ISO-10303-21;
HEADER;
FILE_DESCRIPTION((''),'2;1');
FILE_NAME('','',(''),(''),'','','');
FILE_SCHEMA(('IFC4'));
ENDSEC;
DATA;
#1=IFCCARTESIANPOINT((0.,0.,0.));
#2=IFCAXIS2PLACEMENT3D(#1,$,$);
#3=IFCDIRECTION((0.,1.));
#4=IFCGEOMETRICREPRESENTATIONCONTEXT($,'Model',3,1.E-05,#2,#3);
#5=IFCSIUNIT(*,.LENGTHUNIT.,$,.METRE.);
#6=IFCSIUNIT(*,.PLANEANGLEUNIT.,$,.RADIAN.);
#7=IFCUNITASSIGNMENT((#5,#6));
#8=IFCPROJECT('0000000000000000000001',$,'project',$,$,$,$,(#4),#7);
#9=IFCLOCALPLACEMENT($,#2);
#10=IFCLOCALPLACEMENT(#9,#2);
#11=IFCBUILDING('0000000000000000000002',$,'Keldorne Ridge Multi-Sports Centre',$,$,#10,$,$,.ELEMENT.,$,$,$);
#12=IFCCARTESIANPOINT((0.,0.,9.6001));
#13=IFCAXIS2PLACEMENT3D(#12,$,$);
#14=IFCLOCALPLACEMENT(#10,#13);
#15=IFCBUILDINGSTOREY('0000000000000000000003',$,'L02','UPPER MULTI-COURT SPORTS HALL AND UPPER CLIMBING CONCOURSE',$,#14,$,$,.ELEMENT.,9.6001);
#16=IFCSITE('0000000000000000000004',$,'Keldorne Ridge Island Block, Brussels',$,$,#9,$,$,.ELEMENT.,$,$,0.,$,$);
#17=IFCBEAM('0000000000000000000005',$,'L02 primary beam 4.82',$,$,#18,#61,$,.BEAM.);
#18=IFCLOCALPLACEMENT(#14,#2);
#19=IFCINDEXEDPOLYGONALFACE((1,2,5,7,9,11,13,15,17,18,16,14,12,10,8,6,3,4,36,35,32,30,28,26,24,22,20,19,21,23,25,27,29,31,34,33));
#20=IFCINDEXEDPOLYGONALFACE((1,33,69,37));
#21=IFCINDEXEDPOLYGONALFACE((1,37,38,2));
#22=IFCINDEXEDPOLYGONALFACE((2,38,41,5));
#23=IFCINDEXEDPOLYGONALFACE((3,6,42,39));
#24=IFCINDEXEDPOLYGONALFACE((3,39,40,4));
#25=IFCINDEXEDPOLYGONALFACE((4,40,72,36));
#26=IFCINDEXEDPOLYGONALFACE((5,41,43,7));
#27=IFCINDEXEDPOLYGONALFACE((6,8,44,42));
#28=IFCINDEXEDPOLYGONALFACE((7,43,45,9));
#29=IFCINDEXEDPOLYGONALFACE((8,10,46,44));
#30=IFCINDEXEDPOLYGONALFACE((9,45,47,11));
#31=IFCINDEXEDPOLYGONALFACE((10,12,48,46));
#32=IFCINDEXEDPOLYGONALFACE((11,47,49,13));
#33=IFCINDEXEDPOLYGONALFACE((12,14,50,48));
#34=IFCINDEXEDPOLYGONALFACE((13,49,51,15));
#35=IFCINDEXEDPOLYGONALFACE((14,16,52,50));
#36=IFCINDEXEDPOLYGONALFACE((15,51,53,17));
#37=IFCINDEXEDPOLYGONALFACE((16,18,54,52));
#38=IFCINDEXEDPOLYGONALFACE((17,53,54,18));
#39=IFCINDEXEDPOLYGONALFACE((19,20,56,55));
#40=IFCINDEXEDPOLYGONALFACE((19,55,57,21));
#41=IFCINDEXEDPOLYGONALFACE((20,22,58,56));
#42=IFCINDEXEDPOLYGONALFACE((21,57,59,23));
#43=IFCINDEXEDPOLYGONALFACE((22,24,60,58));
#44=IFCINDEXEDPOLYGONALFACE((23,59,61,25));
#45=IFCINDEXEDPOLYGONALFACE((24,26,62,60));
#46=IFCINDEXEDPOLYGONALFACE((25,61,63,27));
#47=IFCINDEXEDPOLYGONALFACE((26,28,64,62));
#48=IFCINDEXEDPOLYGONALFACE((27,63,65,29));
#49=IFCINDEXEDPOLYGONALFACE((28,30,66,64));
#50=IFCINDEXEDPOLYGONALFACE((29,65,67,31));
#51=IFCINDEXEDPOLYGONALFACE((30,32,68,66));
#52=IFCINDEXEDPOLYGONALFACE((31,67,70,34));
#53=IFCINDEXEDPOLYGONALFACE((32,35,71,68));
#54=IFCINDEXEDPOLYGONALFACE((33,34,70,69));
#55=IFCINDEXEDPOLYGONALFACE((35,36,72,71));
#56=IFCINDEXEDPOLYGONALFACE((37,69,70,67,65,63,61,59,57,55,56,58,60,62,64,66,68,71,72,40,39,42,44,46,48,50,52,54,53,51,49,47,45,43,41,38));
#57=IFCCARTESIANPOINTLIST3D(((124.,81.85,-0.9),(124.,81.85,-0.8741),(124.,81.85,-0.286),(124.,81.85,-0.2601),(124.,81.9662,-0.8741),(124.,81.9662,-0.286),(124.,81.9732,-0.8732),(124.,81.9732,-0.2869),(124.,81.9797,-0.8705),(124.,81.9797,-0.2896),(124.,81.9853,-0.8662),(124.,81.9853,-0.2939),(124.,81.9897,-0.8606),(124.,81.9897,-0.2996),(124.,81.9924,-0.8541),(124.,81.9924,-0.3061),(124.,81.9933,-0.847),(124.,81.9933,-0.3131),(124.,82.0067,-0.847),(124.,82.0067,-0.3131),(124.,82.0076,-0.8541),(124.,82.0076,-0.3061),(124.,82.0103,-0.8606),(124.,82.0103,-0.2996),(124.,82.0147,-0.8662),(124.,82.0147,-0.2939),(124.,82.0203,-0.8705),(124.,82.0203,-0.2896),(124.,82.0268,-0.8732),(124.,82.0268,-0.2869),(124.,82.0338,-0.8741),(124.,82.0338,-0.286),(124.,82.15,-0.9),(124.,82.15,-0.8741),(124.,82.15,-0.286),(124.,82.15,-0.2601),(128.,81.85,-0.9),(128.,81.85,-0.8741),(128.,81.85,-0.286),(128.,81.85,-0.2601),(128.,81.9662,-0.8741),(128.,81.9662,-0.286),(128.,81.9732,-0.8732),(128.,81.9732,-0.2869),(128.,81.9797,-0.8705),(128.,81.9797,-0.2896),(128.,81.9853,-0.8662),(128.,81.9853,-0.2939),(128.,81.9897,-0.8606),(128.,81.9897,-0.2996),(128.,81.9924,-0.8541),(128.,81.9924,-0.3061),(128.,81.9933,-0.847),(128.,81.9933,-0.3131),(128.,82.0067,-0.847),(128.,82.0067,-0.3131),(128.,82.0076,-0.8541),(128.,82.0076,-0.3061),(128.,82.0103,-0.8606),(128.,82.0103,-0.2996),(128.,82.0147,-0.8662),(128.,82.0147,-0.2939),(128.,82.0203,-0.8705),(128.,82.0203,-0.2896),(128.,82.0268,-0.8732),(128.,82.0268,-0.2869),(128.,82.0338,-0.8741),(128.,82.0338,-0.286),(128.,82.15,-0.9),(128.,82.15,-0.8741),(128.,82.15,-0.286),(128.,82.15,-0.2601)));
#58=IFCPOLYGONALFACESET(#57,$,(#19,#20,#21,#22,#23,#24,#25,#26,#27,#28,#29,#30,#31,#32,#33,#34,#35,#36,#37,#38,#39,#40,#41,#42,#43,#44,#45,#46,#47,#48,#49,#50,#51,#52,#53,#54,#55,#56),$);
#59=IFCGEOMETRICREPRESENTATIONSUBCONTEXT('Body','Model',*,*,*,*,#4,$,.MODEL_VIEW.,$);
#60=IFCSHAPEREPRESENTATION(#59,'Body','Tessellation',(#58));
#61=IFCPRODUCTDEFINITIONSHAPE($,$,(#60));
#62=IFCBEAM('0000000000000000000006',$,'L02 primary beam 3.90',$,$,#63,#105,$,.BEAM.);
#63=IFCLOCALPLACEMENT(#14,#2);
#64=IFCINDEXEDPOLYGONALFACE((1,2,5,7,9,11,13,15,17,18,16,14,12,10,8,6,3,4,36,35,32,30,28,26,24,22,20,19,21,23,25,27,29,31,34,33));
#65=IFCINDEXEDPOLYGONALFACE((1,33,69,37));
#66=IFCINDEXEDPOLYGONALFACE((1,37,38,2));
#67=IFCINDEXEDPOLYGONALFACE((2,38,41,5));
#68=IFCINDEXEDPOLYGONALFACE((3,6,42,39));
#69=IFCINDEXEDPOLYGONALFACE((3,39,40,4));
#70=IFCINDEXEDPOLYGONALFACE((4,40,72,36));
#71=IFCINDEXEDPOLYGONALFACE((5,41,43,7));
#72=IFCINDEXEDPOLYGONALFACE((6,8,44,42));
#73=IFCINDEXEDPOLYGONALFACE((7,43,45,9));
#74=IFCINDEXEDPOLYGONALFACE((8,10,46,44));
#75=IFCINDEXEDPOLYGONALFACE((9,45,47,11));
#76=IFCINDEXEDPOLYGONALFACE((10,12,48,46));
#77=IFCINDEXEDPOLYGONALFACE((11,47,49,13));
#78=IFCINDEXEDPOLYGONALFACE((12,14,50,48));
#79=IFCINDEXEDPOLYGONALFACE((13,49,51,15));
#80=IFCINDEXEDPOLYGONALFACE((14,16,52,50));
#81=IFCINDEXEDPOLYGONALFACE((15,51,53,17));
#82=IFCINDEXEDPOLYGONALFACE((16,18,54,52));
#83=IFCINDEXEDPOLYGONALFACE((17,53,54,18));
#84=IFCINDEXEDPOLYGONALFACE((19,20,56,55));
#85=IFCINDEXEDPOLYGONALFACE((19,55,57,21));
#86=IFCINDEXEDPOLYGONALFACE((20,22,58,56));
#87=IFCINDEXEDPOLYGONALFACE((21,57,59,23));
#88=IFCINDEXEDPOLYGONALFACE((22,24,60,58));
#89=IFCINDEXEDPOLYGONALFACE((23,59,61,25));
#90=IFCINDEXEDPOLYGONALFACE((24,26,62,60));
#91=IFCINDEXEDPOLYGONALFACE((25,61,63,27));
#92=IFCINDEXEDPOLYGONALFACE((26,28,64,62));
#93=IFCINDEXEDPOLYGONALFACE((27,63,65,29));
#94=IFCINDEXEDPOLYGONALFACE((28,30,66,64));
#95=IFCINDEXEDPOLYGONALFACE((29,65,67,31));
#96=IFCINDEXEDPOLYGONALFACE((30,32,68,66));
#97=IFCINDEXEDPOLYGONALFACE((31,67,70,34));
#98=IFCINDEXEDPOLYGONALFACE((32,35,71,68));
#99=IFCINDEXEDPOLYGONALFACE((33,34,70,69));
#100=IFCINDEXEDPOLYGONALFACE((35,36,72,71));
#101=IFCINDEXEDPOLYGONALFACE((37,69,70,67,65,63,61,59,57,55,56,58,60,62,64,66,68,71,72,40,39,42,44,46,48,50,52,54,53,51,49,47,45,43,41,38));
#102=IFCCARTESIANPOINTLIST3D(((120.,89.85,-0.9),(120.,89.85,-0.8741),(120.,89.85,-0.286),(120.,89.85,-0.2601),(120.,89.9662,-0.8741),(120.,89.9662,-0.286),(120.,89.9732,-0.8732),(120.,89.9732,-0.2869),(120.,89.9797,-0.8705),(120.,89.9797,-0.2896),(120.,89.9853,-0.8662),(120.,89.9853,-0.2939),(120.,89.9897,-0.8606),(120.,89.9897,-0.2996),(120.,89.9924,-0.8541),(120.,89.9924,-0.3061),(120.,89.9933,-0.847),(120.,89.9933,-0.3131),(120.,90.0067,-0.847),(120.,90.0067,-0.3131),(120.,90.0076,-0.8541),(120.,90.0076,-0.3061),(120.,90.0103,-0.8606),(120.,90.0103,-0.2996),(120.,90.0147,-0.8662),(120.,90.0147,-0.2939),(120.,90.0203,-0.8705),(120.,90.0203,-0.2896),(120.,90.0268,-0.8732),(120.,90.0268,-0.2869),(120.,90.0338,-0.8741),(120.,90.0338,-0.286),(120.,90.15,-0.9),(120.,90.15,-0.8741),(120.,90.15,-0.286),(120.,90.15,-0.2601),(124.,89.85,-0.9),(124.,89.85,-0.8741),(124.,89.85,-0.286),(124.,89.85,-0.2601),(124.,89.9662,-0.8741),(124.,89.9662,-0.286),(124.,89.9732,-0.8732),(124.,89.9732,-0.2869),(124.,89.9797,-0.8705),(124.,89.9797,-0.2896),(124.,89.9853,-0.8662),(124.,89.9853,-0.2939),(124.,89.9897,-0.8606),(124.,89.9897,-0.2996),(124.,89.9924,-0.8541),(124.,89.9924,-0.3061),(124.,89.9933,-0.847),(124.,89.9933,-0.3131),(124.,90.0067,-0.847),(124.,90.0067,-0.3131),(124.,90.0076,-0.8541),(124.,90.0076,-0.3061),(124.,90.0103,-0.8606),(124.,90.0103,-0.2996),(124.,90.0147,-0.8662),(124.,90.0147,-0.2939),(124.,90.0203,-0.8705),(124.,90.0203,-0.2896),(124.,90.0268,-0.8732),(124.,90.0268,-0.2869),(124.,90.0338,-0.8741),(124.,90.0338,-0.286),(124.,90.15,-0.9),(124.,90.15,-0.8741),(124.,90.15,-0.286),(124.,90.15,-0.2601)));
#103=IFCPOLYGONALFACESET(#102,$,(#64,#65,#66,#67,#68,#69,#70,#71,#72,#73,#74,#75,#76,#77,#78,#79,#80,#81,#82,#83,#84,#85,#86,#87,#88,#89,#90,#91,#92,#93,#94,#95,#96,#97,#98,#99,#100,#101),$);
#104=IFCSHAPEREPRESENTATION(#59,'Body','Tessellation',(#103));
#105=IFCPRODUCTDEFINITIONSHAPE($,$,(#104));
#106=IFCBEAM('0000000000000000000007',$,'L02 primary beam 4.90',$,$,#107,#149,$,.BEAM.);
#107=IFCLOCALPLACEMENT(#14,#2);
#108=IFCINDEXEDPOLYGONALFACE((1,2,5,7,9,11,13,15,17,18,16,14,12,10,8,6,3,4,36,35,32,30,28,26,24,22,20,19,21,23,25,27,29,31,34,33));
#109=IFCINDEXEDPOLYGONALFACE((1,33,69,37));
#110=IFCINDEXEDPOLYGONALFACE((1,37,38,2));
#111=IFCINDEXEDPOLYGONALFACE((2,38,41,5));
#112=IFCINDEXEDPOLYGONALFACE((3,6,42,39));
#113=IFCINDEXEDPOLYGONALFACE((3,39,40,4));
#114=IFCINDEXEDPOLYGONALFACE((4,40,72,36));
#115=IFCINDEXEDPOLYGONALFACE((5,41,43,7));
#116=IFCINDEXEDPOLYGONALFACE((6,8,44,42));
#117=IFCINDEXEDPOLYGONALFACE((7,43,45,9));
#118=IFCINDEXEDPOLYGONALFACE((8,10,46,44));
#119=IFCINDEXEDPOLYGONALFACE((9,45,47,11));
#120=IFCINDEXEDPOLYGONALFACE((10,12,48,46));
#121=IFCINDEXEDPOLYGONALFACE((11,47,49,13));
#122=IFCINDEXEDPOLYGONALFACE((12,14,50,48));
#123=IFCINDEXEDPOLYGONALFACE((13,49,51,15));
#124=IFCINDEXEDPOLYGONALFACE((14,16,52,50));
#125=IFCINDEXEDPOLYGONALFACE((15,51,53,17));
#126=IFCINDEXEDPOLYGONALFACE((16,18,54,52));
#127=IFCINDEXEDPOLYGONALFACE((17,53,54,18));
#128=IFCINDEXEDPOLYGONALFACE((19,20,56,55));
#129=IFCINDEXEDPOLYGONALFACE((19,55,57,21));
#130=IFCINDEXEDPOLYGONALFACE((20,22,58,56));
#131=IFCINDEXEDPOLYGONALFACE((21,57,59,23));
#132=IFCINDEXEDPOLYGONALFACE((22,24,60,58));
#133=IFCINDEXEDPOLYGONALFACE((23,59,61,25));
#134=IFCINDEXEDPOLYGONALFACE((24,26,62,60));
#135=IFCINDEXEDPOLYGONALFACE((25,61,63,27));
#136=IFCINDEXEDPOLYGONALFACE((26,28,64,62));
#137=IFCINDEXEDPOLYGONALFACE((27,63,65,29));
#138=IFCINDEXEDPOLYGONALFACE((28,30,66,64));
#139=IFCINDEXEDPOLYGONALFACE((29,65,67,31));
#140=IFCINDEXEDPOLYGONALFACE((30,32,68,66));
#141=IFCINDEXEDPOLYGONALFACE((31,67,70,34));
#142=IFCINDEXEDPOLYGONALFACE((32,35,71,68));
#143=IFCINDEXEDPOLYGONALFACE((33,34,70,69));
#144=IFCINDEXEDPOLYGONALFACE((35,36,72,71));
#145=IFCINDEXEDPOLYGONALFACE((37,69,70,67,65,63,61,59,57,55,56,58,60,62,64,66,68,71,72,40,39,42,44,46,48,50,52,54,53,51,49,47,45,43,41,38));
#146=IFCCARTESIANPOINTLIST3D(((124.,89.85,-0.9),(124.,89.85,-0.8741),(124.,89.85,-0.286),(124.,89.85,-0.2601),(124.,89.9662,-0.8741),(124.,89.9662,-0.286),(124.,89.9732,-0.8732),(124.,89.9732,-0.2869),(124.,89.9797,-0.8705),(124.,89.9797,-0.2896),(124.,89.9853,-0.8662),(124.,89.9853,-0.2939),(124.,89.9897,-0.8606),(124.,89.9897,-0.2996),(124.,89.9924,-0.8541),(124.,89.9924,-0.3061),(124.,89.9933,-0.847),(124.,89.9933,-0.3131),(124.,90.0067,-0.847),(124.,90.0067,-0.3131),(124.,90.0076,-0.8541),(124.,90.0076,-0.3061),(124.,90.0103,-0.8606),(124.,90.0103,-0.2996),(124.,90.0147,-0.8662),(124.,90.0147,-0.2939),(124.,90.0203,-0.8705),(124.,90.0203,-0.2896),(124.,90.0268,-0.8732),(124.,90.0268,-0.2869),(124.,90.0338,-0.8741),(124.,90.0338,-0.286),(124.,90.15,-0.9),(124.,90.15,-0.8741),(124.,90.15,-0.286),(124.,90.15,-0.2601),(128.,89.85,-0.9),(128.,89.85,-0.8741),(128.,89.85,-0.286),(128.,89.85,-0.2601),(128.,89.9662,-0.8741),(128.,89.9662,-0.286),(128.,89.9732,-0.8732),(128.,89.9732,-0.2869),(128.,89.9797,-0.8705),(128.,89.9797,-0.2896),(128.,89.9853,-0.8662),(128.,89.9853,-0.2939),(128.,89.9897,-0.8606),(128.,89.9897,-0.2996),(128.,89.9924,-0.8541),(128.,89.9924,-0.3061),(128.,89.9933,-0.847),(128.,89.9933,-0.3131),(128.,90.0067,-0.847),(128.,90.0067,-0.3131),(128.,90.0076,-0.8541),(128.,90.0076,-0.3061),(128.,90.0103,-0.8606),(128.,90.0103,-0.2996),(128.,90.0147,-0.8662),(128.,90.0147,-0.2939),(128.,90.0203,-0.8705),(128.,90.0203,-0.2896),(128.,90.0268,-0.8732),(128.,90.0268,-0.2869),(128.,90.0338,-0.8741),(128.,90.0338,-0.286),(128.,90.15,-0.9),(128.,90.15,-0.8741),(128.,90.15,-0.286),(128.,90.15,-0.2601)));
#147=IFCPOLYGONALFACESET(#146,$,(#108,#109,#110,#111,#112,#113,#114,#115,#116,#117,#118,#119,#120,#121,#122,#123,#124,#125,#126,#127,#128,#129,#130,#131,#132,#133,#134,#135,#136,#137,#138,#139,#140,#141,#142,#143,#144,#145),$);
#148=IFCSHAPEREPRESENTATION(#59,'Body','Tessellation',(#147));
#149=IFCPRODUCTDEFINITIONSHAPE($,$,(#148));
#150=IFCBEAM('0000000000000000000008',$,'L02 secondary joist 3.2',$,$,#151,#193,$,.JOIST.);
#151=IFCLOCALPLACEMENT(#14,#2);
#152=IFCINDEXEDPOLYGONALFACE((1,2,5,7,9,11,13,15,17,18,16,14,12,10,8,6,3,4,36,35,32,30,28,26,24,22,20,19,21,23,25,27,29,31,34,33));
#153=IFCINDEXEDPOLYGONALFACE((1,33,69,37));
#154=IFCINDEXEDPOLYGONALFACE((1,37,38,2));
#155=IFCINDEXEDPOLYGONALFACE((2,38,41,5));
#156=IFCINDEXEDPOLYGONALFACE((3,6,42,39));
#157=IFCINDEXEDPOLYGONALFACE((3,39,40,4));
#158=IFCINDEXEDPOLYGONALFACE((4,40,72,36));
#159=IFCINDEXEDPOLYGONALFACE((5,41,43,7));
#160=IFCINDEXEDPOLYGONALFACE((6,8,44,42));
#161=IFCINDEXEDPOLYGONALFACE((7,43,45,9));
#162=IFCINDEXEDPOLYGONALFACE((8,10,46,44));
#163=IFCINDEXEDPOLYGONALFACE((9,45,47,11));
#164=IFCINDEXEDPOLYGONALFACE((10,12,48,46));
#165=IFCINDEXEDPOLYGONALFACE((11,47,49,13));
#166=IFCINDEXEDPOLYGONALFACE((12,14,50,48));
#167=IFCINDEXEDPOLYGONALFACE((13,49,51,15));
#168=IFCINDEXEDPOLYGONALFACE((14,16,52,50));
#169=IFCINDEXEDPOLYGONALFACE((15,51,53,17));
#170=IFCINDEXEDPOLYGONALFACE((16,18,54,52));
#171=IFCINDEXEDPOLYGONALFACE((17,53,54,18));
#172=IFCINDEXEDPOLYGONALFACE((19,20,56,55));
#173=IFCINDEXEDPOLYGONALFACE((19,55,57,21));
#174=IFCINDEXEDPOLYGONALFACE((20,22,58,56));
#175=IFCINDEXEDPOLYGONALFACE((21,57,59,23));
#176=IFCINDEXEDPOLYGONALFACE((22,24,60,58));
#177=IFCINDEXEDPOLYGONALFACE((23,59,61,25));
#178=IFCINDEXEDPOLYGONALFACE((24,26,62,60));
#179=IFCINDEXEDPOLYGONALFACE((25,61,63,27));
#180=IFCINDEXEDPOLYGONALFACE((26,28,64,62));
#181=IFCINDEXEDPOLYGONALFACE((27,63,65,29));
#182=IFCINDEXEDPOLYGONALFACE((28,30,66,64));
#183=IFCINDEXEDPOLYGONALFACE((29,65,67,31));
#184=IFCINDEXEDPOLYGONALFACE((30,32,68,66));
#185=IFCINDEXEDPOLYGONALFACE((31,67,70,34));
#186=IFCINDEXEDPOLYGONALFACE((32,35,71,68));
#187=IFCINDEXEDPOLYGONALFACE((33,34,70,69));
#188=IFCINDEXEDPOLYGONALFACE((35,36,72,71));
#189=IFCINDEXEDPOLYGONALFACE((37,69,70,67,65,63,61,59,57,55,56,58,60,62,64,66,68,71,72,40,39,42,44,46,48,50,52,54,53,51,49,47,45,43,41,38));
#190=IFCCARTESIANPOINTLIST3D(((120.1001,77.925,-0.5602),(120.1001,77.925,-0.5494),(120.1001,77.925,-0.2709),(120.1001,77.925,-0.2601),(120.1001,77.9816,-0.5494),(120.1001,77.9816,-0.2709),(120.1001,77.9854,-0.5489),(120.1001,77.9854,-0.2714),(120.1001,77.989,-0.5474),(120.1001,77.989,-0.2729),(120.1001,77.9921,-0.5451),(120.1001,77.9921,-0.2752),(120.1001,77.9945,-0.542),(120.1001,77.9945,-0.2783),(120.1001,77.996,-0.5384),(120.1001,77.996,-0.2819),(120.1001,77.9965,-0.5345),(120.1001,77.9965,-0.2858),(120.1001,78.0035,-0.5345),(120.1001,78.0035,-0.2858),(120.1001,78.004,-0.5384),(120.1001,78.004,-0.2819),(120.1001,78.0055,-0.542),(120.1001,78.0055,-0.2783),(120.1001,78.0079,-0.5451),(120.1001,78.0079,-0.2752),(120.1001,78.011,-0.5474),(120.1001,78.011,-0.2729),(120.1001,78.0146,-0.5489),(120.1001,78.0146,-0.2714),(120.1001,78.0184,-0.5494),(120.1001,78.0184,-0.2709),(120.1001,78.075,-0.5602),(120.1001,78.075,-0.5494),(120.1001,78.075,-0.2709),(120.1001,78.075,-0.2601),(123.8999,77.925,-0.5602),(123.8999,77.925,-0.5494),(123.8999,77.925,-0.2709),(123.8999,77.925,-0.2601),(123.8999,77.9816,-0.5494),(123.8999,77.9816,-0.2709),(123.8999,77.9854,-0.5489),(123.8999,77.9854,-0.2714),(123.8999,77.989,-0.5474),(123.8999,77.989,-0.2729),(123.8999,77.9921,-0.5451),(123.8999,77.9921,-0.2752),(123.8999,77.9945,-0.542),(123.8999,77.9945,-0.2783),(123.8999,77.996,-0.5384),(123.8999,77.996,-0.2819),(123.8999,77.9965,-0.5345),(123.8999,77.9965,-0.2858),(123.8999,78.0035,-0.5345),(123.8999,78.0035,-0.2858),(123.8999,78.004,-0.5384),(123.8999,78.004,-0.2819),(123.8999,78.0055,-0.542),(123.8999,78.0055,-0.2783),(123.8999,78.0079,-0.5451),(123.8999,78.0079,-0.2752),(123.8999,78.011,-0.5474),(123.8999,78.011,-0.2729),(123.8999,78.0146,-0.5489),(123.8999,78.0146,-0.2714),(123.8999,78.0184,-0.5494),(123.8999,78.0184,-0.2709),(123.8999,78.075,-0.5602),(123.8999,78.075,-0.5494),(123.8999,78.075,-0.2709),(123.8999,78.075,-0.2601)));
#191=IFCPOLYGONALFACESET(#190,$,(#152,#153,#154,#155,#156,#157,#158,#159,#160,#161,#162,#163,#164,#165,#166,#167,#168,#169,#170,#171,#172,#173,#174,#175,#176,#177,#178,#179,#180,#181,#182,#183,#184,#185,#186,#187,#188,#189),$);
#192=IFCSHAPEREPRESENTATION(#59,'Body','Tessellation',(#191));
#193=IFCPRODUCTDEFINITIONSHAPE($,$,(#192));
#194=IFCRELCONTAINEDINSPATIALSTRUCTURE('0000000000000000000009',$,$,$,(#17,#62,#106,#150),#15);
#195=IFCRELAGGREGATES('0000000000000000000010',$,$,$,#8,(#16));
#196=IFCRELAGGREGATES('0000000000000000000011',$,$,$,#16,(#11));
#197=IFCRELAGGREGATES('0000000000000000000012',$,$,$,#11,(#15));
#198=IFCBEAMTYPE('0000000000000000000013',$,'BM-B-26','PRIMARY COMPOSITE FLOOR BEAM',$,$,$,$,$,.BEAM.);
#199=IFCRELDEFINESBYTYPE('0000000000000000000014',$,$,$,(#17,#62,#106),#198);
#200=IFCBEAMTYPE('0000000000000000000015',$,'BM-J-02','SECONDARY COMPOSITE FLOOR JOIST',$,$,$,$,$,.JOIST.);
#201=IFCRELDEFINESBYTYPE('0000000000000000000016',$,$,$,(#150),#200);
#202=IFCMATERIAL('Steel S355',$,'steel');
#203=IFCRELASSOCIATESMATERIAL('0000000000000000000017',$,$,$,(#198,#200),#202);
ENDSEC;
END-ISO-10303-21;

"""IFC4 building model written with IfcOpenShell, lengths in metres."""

from ifc_helpers import new_model, si_unit, direction, frame, origin, origin_2d, place, context, subcontext, project, spatial, i_section, extrude, material, material_profile, profile_set, type_object, element, save


model = new_model("IFC4")

# Units and contexts
model_context = context("Model", 3, precision=1e-05, world=origin(), true_north=direction((0.0, 1.0)))
body_context = subcontext(model_context, "Body", "Model", "MODEL_VIEW")
ifc_project = project(units=[si_unit("LENGTHUNIT", "METRE"), si_unit("PLANEANGLEUNIT", "RADIAN")], contexts=[model_context])

# Site, building, storey
site_placement = place(None, origin())
site = spatial("IfcSite", under=ifc_project, at=site_placement, Name="Keldorne Ridge Island Block, Brussels", CompositionType="ELEMENT", RefElevation=0.0)
building_placement = place(site_placement, origin())
building = spatial("IfcBuilding", under=site, at=building_placement, Name="Keldorne Ridge Multi-Sports Centre", CompositionType="ELEMENT")
storey_placement = place(building_placement, frame((0.0, 0.0, 9.6001)))
storey = spatial("IfcBuildingStorey", under=building, at=storey_placement, Name="L02", Description="UPPER MULTI-COURT SPORTS HALL AND UPPER CLIMBING CONCOURSE", CompositionType="ELEMENT", Elevation=9.6001)

# Shared definitions
ifc_material_1 = material(Name="Steel S355", Category="steel")

# Beams
ifc_material_profile_1 = material_profile(ifc_material_1, i_section(OverallWidth=0.3, OverallDepth=0.6399, WebThickness=0.0134, FlangeThickness=0.0259, FilletRadius=0.0271, at=origin_2d()), Name="HEA 650")
ifc_profile_set_1 = profile_set([ifc_material_profile_1], Name="Steel S355")
beam_type_1 = type_object("IfcBeamType", Name="BM-B-26", Description="PRIMARY COMPOSITE FLOOR BEAM", PredefinedType="BEAM", material=ifc_profile_set_1)
for number, where, z_axis, x_axis, name in (
    (1, (124.0, 82.0, -0.5801), (1.0, 0.0, 0.0), (0.0, 1.0, 0.0), "L02 primary beam 4.82"),
    (2, (120.0, 90.0, -0.5801), (1.0, 0.0, 0.0), (0.0, 1.0, 0.0), "L02 primary beam 3.90"),
    (3, (124.0, 90.0, -0.5801), (1.0, 0.0, 0.0), (0.0, 1.0, 0.0), "L02 primary beam 4.90"),
):
    element("IfcBeam", number, at=place(storey_placement, frame(where, z_axis=z_axis, x_axis=x_axis)), inside=storey, type_object=beam_type_1, Name=name, PredefinedType="BEAM", context=body_context, shape_type="SweptSolid", body=[
        extrude(i_section(OverallWidth=0.3, OverallDepth=0.6399, WebThickness=0.0134, FlangeThickness=0.0259, FilletRadius=0.0271, at=origin_2d()), origin(), (0.0, 0.0, 1.0), 4.0),
    ])
ifc_material_profile_2 = material_profile(ifc_material_1, i_section(OverallWidth=0.1499, OverallDepth=0.3, WebThickness=0.0071, FlangeThickness=0.0107, FilletRadius=0.0149, at=origin_2d()), Name="IPE 300")
ifc_profile_set_2 = profile_set([ifc_material_profile_2], Name="Steel S355")
beam_type_2 = type_object("IfcBeamType", Name="BM-J-02", Description="SECONDARY COMPOSITE FLOOR JOIST", PredefinedType="JOIST", material=ifc_profile_set_2)
for number, where, z_axis, x_axis, name in (
    (4, (120.1001, 78.0, -0.4102), (1.0, 0.0, 0.0), (0.0, 1.0, 0.0), "L02 secondary joist 3.2"),
):
    element("IfcBeam", number, at=place(storey_placement, frame(where, z_axis=z_axis, x_axis=x_axis)), inside=storey, type_object=beam_type_2, Name=name, PredefinedType="JOIST", context=body_context, shape_type="SweptSolid", body=[
        extrude(i_section(OverallWidth=0.1499, OverallDepth=0.3, WebThickness=0.0071, FlangeThickness=0.0107, FilletRadius=0.0149, at=origin_2d()), origin(), (0.0, 0.0, 1.0), 3.7998),
    ])

save(model, "model.ifc")
